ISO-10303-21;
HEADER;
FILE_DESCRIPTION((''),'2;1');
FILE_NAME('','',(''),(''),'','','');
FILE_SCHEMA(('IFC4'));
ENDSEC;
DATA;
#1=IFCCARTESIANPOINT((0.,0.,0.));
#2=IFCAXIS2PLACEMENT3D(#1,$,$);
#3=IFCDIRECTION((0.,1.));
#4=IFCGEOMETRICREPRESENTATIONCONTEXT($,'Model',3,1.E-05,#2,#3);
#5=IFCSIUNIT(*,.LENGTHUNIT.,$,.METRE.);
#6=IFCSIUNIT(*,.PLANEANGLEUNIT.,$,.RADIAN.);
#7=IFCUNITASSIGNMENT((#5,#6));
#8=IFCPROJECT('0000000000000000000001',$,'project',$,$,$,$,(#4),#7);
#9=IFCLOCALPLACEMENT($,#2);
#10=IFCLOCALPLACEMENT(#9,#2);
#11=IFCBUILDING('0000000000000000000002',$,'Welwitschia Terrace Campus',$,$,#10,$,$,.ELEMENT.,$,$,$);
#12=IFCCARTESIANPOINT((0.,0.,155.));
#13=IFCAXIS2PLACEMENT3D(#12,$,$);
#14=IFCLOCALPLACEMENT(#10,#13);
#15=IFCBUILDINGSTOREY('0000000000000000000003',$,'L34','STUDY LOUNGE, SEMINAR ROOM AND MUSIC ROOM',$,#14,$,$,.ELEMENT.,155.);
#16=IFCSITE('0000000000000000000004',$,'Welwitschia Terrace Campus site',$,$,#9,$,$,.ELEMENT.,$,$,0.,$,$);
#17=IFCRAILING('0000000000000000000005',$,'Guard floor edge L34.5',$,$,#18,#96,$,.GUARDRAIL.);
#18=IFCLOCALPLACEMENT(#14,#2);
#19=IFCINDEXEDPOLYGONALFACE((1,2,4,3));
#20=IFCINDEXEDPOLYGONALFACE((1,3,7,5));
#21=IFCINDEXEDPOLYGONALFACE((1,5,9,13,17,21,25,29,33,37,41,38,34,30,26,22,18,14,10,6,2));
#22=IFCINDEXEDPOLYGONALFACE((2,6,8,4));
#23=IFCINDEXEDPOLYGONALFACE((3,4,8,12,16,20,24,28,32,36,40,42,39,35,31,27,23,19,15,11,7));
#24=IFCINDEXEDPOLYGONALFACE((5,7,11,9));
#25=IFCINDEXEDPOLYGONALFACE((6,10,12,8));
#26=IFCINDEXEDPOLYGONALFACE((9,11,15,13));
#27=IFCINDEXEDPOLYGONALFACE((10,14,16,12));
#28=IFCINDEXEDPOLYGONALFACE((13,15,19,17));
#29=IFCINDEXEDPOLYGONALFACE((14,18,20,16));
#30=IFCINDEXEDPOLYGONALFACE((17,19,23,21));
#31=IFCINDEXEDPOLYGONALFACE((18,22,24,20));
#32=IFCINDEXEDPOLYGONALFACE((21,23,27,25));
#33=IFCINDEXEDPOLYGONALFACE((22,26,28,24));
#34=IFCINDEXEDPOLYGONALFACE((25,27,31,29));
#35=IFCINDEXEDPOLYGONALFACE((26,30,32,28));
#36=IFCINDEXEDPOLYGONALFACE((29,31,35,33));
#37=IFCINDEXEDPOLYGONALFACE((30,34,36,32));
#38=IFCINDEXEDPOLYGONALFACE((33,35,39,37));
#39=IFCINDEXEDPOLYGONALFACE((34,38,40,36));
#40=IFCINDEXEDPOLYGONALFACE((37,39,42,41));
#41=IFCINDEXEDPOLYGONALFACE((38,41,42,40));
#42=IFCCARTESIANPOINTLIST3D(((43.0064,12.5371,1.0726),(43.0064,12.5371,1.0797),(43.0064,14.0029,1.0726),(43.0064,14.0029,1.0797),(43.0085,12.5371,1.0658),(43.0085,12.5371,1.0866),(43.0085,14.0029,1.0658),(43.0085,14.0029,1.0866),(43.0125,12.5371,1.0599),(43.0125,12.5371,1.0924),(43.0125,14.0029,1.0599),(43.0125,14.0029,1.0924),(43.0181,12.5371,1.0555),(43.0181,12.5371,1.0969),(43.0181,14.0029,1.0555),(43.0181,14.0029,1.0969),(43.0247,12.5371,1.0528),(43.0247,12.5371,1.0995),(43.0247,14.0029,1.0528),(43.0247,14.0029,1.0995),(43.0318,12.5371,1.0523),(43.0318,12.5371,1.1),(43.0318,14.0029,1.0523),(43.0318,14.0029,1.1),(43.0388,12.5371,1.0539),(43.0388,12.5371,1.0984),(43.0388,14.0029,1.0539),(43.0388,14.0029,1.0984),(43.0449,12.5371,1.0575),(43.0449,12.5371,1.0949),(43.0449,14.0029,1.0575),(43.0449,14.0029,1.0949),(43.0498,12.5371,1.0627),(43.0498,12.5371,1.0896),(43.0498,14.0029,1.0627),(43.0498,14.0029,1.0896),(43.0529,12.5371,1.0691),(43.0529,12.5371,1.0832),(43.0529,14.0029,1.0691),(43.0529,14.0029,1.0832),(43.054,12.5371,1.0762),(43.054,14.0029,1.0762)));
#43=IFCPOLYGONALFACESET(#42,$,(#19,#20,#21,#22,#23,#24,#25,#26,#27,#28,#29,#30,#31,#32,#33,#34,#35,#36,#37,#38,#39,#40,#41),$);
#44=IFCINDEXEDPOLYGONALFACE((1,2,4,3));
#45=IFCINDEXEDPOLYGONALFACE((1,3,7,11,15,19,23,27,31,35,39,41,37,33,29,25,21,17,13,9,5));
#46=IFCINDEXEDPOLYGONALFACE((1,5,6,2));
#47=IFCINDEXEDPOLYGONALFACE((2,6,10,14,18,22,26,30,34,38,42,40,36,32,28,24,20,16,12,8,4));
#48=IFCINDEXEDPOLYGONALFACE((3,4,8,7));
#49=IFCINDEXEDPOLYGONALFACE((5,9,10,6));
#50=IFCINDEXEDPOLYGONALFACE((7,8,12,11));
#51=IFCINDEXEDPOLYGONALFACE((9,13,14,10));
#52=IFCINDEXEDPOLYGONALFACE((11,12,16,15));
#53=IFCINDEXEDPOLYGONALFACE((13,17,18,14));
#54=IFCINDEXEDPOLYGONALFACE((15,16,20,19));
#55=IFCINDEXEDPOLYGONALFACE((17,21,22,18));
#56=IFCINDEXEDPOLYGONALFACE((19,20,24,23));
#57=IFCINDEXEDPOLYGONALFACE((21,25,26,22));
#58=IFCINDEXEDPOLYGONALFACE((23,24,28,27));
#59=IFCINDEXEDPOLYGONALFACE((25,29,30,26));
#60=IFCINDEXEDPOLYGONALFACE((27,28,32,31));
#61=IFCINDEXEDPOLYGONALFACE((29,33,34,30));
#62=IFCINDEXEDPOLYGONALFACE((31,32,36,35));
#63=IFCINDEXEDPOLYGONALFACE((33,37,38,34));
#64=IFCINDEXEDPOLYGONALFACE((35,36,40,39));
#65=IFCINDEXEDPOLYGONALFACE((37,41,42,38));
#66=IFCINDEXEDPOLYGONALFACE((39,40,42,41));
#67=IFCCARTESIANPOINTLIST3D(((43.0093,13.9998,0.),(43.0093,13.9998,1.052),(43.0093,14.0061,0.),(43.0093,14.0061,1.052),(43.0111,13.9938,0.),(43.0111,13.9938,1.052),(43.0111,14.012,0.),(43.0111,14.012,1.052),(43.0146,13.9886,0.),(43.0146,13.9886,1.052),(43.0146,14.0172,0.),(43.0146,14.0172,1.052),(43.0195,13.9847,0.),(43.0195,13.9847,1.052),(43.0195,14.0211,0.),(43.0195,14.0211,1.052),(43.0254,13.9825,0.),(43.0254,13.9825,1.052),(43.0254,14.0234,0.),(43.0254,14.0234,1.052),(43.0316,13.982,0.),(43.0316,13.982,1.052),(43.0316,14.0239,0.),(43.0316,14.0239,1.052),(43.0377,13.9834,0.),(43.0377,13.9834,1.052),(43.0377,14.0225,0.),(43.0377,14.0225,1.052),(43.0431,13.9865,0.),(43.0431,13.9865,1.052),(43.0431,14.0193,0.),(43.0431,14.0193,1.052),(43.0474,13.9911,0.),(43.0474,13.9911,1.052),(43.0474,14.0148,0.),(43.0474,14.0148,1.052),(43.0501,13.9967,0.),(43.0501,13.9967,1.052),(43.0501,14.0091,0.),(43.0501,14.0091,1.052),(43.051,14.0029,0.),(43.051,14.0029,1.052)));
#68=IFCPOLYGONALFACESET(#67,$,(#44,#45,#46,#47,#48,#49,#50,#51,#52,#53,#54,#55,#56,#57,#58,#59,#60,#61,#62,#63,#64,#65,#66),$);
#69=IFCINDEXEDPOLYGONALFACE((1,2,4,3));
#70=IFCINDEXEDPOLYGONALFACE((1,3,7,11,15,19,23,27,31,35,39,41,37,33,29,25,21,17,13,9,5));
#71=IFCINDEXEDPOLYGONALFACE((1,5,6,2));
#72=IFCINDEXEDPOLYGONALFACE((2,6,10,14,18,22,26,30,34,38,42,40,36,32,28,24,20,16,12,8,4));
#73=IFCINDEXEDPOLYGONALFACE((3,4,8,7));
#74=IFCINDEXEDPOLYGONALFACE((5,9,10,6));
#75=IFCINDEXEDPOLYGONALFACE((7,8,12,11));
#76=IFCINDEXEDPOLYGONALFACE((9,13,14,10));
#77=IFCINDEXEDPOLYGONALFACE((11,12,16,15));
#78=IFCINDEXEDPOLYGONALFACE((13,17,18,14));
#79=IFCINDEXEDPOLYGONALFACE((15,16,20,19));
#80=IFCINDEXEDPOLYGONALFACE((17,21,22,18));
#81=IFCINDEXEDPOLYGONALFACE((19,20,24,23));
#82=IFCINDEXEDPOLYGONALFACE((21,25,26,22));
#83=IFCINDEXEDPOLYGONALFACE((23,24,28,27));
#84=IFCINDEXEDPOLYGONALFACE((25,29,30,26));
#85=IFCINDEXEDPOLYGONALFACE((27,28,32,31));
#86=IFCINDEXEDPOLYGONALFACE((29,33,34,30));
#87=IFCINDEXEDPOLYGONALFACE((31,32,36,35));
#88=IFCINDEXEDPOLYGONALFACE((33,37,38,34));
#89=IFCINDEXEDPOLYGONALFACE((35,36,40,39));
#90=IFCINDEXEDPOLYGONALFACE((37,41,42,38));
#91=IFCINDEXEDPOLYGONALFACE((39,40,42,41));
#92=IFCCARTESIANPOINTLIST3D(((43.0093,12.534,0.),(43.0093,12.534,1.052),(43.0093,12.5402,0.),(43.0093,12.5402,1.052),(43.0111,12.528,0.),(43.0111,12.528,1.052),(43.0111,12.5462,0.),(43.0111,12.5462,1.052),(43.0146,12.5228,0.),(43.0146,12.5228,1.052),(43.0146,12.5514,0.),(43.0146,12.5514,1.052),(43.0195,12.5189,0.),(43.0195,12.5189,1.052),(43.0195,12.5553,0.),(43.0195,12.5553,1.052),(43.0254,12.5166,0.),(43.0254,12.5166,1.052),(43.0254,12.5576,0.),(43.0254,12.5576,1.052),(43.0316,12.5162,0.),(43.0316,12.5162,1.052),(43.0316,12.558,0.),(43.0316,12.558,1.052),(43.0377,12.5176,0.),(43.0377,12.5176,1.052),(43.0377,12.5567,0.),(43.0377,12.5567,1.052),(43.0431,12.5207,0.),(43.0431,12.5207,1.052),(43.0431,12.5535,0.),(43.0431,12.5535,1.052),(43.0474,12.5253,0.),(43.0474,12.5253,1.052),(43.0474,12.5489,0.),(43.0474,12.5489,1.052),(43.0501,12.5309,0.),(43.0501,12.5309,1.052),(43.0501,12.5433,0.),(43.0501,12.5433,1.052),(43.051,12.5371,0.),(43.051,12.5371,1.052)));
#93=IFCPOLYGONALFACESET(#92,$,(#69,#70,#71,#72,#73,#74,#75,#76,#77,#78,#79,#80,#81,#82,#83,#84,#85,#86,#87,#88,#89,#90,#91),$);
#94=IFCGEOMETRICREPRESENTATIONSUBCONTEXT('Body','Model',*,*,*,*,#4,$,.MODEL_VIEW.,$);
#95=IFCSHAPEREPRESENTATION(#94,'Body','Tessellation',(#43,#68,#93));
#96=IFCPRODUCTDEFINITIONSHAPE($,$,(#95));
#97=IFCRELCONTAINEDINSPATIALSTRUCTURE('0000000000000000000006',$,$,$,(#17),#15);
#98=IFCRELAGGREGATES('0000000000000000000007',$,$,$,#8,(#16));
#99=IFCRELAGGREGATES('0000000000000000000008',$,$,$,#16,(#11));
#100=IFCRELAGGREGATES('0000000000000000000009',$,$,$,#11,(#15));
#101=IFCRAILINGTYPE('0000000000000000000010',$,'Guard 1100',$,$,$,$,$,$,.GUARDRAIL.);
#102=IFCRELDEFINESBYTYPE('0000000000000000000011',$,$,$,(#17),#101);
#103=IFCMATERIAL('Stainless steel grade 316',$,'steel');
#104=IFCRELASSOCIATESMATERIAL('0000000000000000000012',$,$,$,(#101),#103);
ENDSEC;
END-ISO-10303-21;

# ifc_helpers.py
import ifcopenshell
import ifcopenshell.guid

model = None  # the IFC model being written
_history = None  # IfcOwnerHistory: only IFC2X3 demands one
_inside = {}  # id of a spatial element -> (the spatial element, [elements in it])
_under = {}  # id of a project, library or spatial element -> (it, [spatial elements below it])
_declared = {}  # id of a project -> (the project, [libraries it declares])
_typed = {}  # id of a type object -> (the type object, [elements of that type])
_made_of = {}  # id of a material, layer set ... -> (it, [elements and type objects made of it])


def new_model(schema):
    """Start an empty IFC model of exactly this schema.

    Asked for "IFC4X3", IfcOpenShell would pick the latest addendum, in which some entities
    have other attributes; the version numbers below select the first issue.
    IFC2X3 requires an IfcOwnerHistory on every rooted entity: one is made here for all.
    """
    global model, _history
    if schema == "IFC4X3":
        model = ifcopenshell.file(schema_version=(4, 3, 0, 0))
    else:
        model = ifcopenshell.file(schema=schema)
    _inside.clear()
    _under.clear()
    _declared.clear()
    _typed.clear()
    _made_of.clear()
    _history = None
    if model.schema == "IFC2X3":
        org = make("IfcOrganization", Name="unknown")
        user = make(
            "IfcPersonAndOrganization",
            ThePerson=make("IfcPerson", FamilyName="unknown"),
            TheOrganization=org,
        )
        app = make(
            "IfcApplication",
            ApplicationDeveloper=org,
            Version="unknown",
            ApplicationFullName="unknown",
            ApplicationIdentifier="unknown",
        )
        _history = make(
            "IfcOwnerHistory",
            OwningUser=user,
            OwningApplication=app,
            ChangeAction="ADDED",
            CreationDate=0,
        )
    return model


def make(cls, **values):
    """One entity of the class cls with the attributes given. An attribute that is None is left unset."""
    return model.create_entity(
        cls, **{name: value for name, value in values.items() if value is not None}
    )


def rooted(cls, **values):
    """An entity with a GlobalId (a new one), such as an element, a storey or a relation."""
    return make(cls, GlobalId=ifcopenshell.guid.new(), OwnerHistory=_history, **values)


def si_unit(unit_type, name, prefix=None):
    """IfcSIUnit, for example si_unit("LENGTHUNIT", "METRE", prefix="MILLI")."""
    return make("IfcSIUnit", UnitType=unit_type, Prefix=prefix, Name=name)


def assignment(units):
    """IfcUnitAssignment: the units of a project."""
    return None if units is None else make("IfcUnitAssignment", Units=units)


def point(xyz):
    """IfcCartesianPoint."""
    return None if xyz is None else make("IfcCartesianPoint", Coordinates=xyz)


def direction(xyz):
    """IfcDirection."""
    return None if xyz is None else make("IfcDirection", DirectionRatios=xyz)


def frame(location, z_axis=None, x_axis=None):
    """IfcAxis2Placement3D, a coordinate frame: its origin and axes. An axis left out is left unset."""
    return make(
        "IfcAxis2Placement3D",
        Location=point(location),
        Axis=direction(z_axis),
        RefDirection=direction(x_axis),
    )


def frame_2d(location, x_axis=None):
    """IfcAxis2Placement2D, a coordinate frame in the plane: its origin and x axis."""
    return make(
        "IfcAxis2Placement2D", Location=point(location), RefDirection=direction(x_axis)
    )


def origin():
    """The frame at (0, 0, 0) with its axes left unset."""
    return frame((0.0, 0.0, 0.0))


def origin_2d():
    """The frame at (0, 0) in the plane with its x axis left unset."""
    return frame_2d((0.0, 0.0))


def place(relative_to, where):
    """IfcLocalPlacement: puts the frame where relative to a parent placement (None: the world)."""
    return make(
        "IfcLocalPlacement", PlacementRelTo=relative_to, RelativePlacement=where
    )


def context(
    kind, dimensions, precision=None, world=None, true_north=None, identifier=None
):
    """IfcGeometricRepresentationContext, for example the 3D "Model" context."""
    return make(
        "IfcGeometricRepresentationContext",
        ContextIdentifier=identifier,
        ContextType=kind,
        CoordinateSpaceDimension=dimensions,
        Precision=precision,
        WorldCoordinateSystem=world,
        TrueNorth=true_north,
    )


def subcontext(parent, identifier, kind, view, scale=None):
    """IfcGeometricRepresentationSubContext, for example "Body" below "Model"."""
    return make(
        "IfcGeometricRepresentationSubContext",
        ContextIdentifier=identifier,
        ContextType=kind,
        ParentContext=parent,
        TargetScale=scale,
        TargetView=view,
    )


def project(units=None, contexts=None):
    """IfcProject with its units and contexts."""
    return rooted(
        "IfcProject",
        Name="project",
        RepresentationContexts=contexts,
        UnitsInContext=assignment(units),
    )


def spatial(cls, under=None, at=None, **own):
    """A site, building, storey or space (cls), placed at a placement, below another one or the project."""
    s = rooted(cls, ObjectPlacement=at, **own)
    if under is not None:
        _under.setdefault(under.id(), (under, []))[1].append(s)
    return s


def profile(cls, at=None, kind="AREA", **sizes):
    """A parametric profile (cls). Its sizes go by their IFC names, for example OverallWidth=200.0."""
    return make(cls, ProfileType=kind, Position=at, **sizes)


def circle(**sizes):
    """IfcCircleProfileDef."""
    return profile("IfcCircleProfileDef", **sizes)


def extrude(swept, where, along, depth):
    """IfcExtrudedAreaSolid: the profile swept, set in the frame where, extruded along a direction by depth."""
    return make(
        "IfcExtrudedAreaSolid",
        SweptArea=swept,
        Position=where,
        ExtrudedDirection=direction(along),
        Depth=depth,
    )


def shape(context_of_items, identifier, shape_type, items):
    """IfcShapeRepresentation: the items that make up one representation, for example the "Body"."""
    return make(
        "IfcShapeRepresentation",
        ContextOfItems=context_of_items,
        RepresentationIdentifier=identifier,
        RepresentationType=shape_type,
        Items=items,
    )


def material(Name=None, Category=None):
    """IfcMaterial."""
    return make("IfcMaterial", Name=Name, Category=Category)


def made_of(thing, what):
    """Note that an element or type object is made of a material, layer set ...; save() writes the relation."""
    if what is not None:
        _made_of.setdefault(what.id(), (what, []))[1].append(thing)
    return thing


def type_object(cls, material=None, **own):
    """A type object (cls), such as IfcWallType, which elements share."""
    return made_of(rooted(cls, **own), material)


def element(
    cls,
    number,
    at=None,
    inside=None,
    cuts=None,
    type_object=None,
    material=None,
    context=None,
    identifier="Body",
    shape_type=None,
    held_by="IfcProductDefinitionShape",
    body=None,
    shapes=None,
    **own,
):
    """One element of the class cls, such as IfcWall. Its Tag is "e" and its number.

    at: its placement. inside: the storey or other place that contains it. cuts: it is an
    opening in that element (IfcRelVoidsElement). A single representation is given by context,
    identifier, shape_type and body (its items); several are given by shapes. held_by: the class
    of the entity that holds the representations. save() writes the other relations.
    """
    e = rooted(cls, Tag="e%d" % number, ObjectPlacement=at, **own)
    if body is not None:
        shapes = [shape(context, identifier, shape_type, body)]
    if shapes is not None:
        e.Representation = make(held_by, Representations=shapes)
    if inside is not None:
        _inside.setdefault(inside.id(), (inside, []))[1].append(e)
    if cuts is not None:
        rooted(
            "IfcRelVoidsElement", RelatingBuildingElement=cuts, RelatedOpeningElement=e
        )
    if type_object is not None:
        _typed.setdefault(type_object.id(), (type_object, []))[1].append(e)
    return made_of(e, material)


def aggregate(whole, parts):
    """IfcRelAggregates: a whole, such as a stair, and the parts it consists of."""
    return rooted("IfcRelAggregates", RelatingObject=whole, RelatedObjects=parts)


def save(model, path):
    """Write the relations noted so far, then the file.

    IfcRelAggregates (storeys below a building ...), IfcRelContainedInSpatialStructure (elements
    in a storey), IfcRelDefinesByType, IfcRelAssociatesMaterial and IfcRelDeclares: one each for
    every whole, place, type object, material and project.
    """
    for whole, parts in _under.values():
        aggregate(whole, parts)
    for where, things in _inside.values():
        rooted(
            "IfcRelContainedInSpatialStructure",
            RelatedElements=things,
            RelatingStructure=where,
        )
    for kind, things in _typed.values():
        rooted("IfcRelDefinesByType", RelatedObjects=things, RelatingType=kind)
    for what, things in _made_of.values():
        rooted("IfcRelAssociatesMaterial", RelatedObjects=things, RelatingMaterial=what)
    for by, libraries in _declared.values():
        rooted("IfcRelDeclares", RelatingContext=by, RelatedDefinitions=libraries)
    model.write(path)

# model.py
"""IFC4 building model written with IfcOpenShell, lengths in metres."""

from ifc_helpers import new_model, si_unit, direction, frame, origin, origin_2d, place, context, subcontext, project, spatial, circle, extrude, material, type_object, element, save


model = new_model("IFC4")

# Units and contexts
model_context = context("Model", 3, precision=1e-05, world=origin(), true_north=direction((0.0, 1.0)))
body_context = subcontext(model_context, "Body", "Model", "MODEL_VIEW")
ifc_project = project(units=[si_unit("LENGTHUNIT", "METRE"), si_unit("PLANEANGLEUNIT", "RADIAN")], contexts=[model_context])

# Site, building, storey
site_placement = place(None, origin())
site = spatial("IfcSite", under=ifc_project, at=site_placement, Name="Welwitschia Terrace Campus site", CompositionType="ELEMENT", RefElevation=0.0)
building_placement = place(site_placement, origin())
building = spatial("IfcBuilding", under=site, at=building_placement, Name="Welwitschia Terrace Campus", CompositionType="ELEMENT")
storey_placement = place(building_placement, frame((0.0, 0.0, 155.0)))
storey = spatial("IfcBuildingStorey", under=building, at=storey_placement, Name="L34", Description="STUDY LOUNGE, SEMINAR ROOM AND MUSIC ROOM", CompositionType="ELEMENT", Elevation=155.0)

# Railing
ifc_material_1 = material(Name="Stainless steel grade 316", Category="steel")
railing_type = type_object("IfcRailingType", Name="Guard 1100", PredefinedType="GUARDRAIL", material=ifc_material_1)
railing_1_placement = place(storey_placement, frame((43.03, 14.0029, 0.0)))
element("IfcRailing", 1, at=railing_1_placement, inside=storey, type_object=railing_type, Name="Guard floor edge L34.5", PredefinedType="GUARDRAIL", context=body_context, shape_type="SweptSolid", body=[
    extrude(circle(Radius=0.0239, at=origin_2d()), frame((0.0, 0.0, 1.0762), z_axis=(0.0, -1.0, 0.0), x_axis=(1.0, 0.0, 0.0)), (0.0, 0.0, 1.0), 1.4658),
    extrude(circle(Radius=0.021, at=origin_2d()), origin(), (0.0, 0.0, 1.0), 1.052),
    extrude(circle(Radius=0.021, at=origin_2d()), frame((0.0, -1.4658, 0.0)), (0.0, 0.0, 1.0), 1.052),
])

save(model, "model.ifc")
